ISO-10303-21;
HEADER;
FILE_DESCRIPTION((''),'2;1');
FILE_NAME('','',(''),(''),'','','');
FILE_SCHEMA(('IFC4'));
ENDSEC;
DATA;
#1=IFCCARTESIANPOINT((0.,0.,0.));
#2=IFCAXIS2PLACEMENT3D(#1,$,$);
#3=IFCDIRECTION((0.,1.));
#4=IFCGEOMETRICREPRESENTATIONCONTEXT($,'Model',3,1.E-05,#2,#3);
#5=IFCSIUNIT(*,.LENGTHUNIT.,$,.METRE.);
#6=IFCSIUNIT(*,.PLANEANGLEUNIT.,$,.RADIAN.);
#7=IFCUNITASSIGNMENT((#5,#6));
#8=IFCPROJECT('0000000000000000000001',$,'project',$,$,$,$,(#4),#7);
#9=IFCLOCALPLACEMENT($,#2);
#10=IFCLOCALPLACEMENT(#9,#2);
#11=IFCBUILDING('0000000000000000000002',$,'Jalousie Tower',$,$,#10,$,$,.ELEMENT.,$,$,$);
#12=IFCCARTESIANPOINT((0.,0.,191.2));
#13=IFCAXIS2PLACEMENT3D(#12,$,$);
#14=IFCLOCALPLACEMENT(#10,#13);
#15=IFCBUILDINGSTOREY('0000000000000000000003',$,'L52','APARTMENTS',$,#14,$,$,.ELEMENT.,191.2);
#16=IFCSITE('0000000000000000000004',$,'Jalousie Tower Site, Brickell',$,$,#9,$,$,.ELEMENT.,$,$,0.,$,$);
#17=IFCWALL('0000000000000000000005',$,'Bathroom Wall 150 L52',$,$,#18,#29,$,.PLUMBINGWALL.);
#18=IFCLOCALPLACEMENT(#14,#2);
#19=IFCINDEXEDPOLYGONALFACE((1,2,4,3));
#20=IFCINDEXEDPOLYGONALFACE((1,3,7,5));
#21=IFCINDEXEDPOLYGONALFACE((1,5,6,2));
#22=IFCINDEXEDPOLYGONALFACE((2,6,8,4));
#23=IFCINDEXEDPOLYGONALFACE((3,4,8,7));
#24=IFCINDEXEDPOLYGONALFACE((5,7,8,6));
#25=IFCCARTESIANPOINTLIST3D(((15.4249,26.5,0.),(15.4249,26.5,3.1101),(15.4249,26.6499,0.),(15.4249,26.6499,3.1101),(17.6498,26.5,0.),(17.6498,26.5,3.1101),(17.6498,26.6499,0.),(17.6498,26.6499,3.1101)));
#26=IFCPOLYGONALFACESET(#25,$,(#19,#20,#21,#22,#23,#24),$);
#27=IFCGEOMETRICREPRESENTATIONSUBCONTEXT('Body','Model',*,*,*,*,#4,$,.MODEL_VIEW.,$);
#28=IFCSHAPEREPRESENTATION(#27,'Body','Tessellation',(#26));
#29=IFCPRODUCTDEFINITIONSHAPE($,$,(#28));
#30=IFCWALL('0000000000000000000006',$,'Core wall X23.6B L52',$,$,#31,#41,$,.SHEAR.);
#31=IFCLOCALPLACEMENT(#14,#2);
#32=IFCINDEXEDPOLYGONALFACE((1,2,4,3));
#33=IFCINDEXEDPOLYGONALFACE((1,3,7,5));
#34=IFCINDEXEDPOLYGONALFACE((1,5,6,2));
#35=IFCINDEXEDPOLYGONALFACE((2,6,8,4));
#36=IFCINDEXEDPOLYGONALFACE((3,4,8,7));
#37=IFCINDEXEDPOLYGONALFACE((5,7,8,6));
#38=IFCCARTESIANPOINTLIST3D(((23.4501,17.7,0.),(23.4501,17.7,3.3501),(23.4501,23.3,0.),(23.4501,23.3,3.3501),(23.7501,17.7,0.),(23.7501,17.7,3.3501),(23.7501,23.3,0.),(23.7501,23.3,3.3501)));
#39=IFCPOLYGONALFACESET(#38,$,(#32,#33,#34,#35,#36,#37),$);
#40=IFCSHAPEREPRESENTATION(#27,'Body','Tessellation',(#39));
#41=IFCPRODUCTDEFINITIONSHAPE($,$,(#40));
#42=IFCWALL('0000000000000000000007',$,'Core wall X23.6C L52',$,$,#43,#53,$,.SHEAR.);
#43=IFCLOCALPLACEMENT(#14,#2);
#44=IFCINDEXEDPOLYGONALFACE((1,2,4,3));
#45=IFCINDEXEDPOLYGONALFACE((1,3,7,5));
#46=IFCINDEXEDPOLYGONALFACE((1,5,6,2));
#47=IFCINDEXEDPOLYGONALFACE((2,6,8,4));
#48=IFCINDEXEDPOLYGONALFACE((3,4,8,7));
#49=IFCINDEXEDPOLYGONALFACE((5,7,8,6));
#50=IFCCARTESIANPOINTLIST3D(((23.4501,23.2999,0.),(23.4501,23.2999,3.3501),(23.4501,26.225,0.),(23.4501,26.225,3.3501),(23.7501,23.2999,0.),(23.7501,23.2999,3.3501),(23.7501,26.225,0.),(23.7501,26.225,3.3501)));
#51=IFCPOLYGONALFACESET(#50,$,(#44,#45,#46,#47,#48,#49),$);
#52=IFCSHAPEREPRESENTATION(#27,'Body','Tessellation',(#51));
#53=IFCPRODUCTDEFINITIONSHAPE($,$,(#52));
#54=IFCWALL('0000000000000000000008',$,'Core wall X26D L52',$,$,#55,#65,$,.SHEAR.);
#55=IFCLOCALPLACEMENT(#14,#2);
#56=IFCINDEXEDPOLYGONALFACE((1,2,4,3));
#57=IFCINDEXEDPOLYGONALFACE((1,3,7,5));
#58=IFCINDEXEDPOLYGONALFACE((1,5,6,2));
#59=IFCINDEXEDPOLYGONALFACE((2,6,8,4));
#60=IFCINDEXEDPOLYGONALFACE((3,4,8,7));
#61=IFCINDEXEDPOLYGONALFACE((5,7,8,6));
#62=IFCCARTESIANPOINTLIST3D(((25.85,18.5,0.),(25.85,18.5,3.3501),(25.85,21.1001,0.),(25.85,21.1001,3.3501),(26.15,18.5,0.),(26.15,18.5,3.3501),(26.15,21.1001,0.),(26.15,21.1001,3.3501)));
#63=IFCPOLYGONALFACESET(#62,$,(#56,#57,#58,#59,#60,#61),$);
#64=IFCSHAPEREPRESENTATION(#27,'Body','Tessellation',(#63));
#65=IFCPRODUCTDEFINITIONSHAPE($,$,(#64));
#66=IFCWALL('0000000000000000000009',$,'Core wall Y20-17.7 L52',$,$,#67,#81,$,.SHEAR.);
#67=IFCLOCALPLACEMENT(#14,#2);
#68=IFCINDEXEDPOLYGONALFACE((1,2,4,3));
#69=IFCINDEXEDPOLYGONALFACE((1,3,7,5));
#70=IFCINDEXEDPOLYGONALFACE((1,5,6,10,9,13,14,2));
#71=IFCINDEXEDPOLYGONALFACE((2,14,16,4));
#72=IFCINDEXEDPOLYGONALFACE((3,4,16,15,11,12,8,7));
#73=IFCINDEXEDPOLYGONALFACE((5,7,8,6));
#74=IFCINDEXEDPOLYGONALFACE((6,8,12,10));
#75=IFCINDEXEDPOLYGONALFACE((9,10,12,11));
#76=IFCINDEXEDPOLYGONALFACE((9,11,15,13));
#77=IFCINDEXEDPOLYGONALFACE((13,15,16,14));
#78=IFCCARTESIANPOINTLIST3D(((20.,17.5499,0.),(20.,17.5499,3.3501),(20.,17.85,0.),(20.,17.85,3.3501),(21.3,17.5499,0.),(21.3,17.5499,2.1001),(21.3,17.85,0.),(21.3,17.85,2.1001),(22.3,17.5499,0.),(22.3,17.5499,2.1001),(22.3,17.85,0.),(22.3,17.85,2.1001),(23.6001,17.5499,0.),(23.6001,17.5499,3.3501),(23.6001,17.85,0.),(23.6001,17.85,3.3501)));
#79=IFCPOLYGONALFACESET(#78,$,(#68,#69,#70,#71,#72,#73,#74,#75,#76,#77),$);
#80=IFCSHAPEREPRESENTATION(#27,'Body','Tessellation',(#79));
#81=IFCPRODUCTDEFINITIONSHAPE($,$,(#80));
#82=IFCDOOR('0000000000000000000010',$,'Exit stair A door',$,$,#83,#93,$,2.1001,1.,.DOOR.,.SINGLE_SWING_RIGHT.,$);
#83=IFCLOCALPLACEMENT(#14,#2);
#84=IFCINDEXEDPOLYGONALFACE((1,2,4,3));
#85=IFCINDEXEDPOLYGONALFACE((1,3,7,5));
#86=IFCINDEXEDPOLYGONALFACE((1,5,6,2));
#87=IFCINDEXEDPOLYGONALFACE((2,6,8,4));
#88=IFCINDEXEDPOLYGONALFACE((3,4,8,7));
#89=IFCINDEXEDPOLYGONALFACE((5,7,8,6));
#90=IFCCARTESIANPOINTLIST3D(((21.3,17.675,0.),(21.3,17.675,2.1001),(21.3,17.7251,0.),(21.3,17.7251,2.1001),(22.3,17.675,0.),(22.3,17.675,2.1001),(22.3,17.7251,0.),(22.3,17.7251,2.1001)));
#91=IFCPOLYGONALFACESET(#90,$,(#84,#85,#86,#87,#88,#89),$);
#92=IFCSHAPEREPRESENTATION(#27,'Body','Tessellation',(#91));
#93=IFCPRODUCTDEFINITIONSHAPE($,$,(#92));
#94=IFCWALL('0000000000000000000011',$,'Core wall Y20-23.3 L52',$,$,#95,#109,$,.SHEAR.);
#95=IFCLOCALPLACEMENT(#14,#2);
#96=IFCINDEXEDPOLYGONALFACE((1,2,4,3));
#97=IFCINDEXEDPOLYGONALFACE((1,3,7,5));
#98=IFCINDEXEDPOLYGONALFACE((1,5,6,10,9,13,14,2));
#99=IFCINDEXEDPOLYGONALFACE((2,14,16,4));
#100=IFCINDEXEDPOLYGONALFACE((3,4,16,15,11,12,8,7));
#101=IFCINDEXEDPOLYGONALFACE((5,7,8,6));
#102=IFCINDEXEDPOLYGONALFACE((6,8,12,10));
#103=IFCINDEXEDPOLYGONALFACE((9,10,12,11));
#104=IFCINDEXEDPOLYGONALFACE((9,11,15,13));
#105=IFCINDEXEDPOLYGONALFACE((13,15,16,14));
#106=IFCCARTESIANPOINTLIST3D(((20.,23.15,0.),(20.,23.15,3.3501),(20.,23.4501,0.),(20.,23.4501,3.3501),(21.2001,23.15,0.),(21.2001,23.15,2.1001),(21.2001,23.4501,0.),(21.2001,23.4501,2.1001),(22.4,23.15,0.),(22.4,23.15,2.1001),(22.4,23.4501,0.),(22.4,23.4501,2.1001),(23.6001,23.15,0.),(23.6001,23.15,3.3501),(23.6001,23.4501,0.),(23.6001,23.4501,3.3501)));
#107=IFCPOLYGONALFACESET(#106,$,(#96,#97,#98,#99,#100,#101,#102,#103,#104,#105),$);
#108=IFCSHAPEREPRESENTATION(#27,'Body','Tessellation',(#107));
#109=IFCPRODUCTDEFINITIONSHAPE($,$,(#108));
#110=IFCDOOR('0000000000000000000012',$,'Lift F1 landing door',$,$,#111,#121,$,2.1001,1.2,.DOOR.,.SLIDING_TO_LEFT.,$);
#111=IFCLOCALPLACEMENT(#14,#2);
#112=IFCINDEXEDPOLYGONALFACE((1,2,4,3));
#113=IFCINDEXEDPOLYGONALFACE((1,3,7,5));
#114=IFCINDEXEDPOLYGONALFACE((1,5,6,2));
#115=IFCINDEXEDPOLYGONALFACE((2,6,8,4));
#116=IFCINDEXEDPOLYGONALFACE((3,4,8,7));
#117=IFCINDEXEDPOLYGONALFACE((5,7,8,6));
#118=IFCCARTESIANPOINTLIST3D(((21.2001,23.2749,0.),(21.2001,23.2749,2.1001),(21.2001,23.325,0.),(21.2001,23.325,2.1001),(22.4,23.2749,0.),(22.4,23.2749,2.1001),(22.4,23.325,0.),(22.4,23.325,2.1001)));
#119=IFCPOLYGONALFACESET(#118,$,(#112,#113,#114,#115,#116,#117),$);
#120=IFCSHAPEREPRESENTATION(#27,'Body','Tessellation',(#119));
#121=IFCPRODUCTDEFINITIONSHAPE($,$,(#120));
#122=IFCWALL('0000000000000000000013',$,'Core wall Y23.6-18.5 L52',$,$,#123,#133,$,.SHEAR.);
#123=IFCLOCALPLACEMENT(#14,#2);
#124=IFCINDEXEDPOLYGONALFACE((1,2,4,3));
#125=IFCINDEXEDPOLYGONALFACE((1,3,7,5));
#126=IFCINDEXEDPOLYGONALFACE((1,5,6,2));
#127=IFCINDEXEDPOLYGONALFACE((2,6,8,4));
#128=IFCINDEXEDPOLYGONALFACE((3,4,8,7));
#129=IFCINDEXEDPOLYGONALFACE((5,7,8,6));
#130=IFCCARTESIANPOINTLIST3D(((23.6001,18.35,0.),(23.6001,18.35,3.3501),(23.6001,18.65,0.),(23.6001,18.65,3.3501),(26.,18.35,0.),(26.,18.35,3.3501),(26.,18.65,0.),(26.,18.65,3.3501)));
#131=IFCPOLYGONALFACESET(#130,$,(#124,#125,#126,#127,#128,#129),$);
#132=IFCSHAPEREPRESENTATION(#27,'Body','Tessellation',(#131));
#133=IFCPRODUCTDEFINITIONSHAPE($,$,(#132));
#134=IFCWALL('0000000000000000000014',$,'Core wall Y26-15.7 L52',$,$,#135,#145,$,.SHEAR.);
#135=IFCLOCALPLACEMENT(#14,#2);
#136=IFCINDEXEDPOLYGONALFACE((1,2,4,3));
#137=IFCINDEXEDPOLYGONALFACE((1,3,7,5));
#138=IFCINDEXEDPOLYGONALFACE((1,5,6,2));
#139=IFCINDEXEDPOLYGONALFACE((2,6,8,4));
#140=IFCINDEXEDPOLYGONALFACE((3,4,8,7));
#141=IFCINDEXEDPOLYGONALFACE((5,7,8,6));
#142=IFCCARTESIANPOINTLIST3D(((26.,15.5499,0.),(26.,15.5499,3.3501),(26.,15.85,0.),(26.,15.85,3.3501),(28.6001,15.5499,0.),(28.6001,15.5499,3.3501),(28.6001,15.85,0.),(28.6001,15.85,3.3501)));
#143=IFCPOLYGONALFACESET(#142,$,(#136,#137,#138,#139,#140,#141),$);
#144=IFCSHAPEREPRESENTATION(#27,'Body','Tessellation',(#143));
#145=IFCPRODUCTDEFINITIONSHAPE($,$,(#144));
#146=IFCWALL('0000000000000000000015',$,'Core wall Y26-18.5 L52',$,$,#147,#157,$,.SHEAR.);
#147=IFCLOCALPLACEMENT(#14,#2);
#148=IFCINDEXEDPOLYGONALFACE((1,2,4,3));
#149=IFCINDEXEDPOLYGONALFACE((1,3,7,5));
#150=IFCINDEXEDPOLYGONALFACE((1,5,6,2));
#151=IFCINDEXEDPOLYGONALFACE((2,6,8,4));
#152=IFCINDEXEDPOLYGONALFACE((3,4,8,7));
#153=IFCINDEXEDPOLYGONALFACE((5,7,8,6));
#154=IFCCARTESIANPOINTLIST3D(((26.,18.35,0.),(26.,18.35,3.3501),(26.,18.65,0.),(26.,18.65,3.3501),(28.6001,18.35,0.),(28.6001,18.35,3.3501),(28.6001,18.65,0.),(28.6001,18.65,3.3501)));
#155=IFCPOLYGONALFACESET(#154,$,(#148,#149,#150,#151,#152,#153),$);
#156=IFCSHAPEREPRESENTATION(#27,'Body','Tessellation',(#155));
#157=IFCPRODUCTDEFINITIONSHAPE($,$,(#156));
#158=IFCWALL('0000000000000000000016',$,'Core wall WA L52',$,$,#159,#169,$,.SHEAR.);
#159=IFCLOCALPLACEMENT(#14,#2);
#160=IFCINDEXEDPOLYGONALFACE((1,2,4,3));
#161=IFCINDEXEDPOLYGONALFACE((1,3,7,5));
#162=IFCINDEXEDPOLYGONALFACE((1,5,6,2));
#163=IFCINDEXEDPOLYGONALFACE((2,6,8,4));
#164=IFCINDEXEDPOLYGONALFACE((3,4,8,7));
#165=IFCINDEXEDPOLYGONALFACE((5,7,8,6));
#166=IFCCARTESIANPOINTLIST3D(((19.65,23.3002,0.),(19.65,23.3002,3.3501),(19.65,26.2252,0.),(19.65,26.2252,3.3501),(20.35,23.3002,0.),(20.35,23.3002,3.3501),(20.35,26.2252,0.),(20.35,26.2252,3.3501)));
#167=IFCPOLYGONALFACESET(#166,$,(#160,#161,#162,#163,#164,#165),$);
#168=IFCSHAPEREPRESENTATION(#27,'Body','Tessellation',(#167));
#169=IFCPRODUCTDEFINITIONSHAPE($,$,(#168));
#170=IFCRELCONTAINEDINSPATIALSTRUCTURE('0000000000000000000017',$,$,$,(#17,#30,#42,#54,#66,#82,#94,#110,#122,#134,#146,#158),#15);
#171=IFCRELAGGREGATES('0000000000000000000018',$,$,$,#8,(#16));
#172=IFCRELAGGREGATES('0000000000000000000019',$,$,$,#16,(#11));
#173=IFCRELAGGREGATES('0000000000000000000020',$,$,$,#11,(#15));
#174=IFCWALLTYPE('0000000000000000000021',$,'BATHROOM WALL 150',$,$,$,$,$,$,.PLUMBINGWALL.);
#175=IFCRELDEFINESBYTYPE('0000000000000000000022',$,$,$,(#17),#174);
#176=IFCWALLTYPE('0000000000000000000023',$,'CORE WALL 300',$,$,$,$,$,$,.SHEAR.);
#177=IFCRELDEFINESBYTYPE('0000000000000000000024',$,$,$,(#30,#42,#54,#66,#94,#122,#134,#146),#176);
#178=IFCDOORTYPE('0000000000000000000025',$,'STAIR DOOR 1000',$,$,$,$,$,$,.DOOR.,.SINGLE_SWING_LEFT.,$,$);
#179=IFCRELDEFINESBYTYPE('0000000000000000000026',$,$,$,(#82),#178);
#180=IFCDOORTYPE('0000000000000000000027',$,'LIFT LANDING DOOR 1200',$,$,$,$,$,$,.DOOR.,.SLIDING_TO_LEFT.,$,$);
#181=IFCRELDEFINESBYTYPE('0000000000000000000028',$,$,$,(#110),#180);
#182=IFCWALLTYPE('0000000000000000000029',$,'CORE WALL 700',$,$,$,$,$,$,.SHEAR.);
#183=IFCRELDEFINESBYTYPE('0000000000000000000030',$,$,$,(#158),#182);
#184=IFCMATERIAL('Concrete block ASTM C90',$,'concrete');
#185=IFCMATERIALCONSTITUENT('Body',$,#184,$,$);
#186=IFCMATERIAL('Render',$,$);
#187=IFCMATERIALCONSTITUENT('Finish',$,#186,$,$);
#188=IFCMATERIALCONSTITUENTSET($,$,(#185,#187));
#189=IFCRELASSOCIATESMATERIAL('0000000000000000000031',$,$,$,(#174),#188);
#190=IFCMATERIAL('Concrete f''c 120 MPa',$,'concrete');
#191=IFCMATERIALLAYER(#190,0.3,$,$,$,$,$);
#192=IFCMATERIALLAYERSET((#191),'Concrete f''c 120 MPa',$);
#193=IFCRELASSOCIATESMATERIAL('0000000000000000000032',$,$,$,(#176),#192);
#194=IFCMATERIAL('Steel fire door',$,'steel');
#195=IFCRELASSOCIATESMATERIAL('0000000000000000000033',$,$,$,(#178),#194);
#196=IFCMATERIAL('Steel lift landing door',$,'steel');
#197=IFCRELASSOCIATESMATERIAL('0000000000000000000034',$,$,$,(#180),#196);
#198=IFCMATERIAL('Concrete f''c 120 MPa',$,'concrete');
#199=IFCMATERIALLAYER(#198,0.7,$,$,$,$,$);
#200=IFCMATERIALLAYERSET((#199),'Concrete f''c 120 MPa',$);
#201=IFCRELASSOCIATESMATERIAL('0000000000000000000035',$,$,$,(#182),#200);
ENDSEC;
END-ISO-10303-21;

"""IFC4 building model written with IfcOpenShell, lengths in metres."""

from ifc_helpers import new_model, si_unit, direction, frame, frame_2d, origin, place, context, subcontext, project, spatial, rectangle, extrude, material, layer, layer_set, constituent, constituent_set, type_object, element, fill, save


model = new_model("IFC4")

# Units and contexts
model_context = context("Model", 3, precision=1e-05, world=origin(), true_north=direction((0.0, 1.0)))
body_context = subcontext(model_context, "Body", "Model", "MODEL_VIEW")
ifc_project = project(units=[si_unit("LENGTHUNIT", "METRE"), si_unit("PLANEANGLEUNIT", "RADIAN")], contexts=[model_context])

# Site, building, storey
site_placement = place(None, origin())
site = spatial("IfcSite", under=ifc_project, at=site_placement, Name="Jalousie Tower Site, Brickell", CompositionType="ELEMENT", RefElevation=0.0)
building_placement = place(site_placement, origin())
building = spatial("IfcBuilding", under=site, at=building_placement, Name="Jalousie Tower", CompositionType="ELEMENT")
storey_placement = place(building_placement, frame((0.0, 0.0, 191.2)))
storey = spatial("IfcBuildingStorey", under=building, at=storey_placement, Name="L52", Description="APARTMENTS", CompositionType="ELEMENT", Elevation=191.2)

# Walls
ifc_material_1 = material(Name="Concrete block ASTM C90", Category="concrete")
ifc_constituent_1 = constituent(ifc_material_1, Name="Body")
ifc_material_2 = material(Name="Render")
ifc_constituent_2 = constituent(ifc_material_2, Name="Finish")
ifc_constituent_set = constituent_set(constituents=[ifc_constituent_1, ifc_constituent_2])
wall_type_1 = type_object("IfcWallType", Name="BATHROOM WALL 150", PredefinedType="PLUMBINGWALL", material=ifc_constituent_set)
wall_1_placement = place(storey_placement, frame((15.425, 26.575, 0.0), z_axis=(0.0, 0.0, 1.0), x_axis=(1.0, 0.0, 0.0)))
element("IfcWall", 1, at=wall_1_placement, inside=storey, type_object=wall_type_1, Name="Bathroom Wall 150 L52", PredefinedType="PLUMBINGWALL", context=body_context, shape_type="SweptSolid", body=[
    extrude(rectangle(XDim=2.2249, YDim=0.1499, at=frame_2d((1.1123, 0.0))), origin(), (0.0, 0.0, 1.0), 3.1101),
])
ifc_material_3 = material(Name="Concrete f'c 120 MPa", Category="concrete")
ifc_layer_1 = layer(ifc_material_3, 0.3)
ifc_layer_set_1 = layer_set([ifc_layer_1], Name="Concrete f'c 120 MPa")
wall_type_2 = type_object("IfcWallType", Name="CORE WALL 300", PredefinedType="SHEAR", material=ifc_layer_set_1)
wall_2_placement = place(storey_placement, frame((23.6001, 17.7, 0.0), z_axis=(0.0, 0.0, 1.0), x_axis=(0.0, 1.0, 0.0)))
element("IfcWall", 2, at=wall_2_placement, inside=storey, type_object=wall_type_2, Name="Core wall X23.6B L52", PredefinedType="SHEAR", context=body_context, shape_type="SweptSolid", body=[
    extrude(rectangle(XDim=5.6001, YDim=0.3, at=frame_2d((2.8, 0.0))), origin(), (0.0, 0.0, 1.0), 3.3501),
])
wall_3_placement = place(storey_placement, frame((23.6001, 23.3, 0.0), z_axis=(0.0, 0.0, 1.0), x_axis=(0.0, 1.0, 0.0)))
element("IfcWall", 3, at=wall_3_placement, inside=storey, type_object=wall_type_2, Name="Core wall X23.6C L52", PredefinedType="SHEAR", context=body_context, shape_type="SweptSolid", body=[
    extrude(rectangle(XDim=2.925, YDim=0.3, at=frame_2d((1.4624, 0.0))), origin(), (0.0, 0.0, 1.0), 3.3501),
])
wall_4_placement = place(storey_placement, frame((26.0, 18.5, 0.0), z_axis=(0.0, 0.0, 1.0), x_axis=(0.0, 1.0, 0.0)))
element("IfcWall", 4, at=wall_4_placement, inside=storey, type_object=wall_type_2, Name="Core wall X26D L52", PredefinedType="SHEAR", context=body_context, shape_type="SweptSolid", body=[
    extrude(rectangle(XDim=2.6001, YDim=0.3, at=frame_2d((1.3, 0.0))), origin(), (0.0, 0.0, 1.0), 3.3501),
])

# Walls, openings, doors
wall_5_placement = place(storey_placement, frame((20.0, 17.7, 0.0), z_axis=(0.0, 0.0, 1.0), x_axis=(1.0, 0.0, 0.0)))
wall_5 = element("IfcWall", 5, at=wall_5_placement, inside=storey, type_object=wall_type_2, Name="Core wall Y20-17.7 L52", PredefinedType="SHEAR", context=body_context, shape_type="SweptSolid", body=[
    extrude(rectangle(XDim=3.6001, YDim=0.3, at=frame_2d((1.8, 0.0))), origin(), (0.0, 0.0, 1.0), 3.3501),
])
opening_1_placement = place(wall_5_placement, frame((1.3, 0.0, 0.0)))
opening_1 = element("IfcOpeningElement", 6, at=opening_1_placement, cuts=wall_5, PredefinedType="OPENING", context=body_context, shape_type="SweptSolid", body=[
    extrude(rectangle(XDim=1.0, YDim=2.1001, at=frame_2d((0.5, 1.05))), frame((0.0, 0.1599, 0.0), z_axis=(0.0, -1.0, 0.0), x_axis=(1.0, 0.0, 0.0)), (0.0, 0.0, 1.0), 0.3201),
])
ifc_material_4 = material(Name="Steel fire door", Category="steel")
door_type_1 = type_object("IfcDoorType", Name="STAIR DOOR 1000", OperationType="SINGLE_SWING_LEFT", PredefinedType="DOOR", material=ifc_material_4)
door_1_placement = place(opening_1_placement, frame((1.0, 0.0, 0.0), z_axis=(0.0, 0.0, 1.0), x_axis=(-1.0, 0.0, 0.0)))
door_1 = element("IfcDoor", 7, at=door_1_placement, inside=storey, type_object=door_type_1, Name="Exit stair A door", OperationType="SINGLE_SWING_RIGHT", OverallHeight=2.1001, OverallWidth=1.0, PredefinedType="DOOR", context=body_context, shape_type="SweptSolid", body=[
    extrude(rectangle(XDim=1.0, YDim=2.1001, at=frame_2d((0.5, 1.05))), frame((0.0, 0.0249, 0.0), z_axis=(0.0, -1.0, 0.0), x_axis=(1.0, 0.0, 0.0)), (0.0, 0.0, 1.0), 0.05),
])
fill(opening_1, door_1)
wall_6_placement = place(storey_placement, frame((20.0, 23.3, 0.0), z_axis=(0.0, 0.0, 1.0), x_axis=(1.0, 0.0, 0.0)))
wall_6 = element("IfcWall", 8, at=wall_6_placement, inside=storey, type_object=wall_type_2, Name="Core wall Y20-23.3 L52", PredefinedType="SHEAR", context=body_context, shape_type="SweptSolid", body=[
    extrude(rectangle(XDim=3.6001, YDim=0.3, at=frame_2d((1.8, 0.0))), origin(), (0.0, 0.0, 1.0), 3.3501),
])
opening_2_placement = place(wall_6_placement, frame((1.2, 0.0, 0.0)))
opening_2 = element("IfcOpeningElement", 9, at=opening_2_placement, cuts=wall_6, PredefinedType="OPENING", context=body_context, shape_type="SweptSolid", body=[
    extrude(rectangle(XDim=1.2, YDim=2.1001, at=frame_2d((0.6001, 1.05))), frame((0.0, 0.1599, 0.0), z_axis=(0.0, -1.0, 0.0), x_axis=(1.0, 0.0, 0.0)), (0.0, 0.0, 1.0), 0.3201),
])
ifc_material_5 = material(Name="Steel lift landing door", Category="steel")
door_type_2 = type_object("IfcDoorType", Name="LIFT LANDING DOOR 1200", OperationType="SLIDING_TO_LEFT", PredefinedType="DOOR", material=ifc_material_5)
door_2_placement = place(opening_2_placement, origin())
door_2 = element("IfcDoor", 10, at=door_2_placement, inside=storey, type_object=door_type_2, Name="Lift F1 landing door", OperationType="SLIDING_TO_LEFT", OverallHeight=2.1001, OverallWidth=1.2, PredefinedType="DOOR", context=body_context, shape_type="SweptSolid", body=[
    extrude(rectangle(XDim=1.2, YDim=2.1001, at=frame_2d((0.6001, 1.05))), frame((0.0, 0.0249, 0.0), z_axis=(0.0, -1.0, 0.0), x_axis=(1.0, 0.0, 0.0)), (0.0, 0.0, 1.0), 0.05),
])
fill(opening_2, door_2)

# Walls
wall_7_placement = place(storey_placement, frame((23.6001, 18.5, 0.0), z_axis=(0.0, 0.0, 1.0), x_axis=(1.0, 0.0, 0.0)))
element("IfcWall", 11, at=wall_7_placement, inside=storey, type_object=wall_type_2, Name="Core wall Y23.6-18.5 L52", PredefinedType="SHEAR", context=body_context, shape_type="SweptSolid", body=[
    extrude(rectangle(XDim=2.3999, YDim=0.3, at=frame_2d((1.2, 0.0))), origin(), (0.0, 0.0, 1.0), 3.3501),
])
for number, where, z_axis, x_axis, name in (
    (12, (26.0, 15.7, 0.0), (0.0, 0.0, 1.0), (1.0, 0.0, 0.0), "Core wall Y26-15.7 L52"),
    (13, (26.0, 18.5, 0.0), (0.0, 0.0, 1.0), (1.0, 0.0, 0.0), "Core wall Y26-18.5 L52"),
):
    element("IfcWall", number, at=place(storey_placement, frame(where, z_axis=z_axis, x_axis=x_axis)), inside=storey, type_object=wall_type_2, Name=name, PredefinedType="SHEAR", context=body_context, shape_type="SweptSolid", body=[
        extrude(rectangle(XDim=2.6001, YDim=0.3, at=frame_2d((1.3, 0.0))), origin(), (0.0, 0.0, 1.0), 3.3501),
    ])
ifc_material_6 = material(Name="Concrete f'c 120 MPa", Category="concrete")
ifc_layer_2 = layer(ifc_material_6, 0.7)
ifc_layer_set_2 = layer_set([ifc_layer_2], Name="Concrete f'c 120 MPa")
wall_type_3 = type_object("IfcWallType", Name="CORE WALL 700", PredefinedType="SHEAR", material=ifc_layer_set_2)
wall_8_placement = place(storey_placement, frame((20.0, 26.2251, 0.0), z_axis=(0.0, 0.0, 1.0), x_axis=(0.0, -1.0, 0.0)))
element("IfcWall", 14, at=wall_8_placement, inside=storey, type_object=wall_type_3, Name="Core wall WA L52", PredefinedType="SHEAR", context=body_context, shape_type="SweptSolid", body=[
    extrude(rectangle(XDim=2.925, YDim=0.7, at=frame_2d((1.4624, 0.0))), origin(), (0.0, 0.0, 1.0), 3.3501),
])

save(model, "model.ifc")
